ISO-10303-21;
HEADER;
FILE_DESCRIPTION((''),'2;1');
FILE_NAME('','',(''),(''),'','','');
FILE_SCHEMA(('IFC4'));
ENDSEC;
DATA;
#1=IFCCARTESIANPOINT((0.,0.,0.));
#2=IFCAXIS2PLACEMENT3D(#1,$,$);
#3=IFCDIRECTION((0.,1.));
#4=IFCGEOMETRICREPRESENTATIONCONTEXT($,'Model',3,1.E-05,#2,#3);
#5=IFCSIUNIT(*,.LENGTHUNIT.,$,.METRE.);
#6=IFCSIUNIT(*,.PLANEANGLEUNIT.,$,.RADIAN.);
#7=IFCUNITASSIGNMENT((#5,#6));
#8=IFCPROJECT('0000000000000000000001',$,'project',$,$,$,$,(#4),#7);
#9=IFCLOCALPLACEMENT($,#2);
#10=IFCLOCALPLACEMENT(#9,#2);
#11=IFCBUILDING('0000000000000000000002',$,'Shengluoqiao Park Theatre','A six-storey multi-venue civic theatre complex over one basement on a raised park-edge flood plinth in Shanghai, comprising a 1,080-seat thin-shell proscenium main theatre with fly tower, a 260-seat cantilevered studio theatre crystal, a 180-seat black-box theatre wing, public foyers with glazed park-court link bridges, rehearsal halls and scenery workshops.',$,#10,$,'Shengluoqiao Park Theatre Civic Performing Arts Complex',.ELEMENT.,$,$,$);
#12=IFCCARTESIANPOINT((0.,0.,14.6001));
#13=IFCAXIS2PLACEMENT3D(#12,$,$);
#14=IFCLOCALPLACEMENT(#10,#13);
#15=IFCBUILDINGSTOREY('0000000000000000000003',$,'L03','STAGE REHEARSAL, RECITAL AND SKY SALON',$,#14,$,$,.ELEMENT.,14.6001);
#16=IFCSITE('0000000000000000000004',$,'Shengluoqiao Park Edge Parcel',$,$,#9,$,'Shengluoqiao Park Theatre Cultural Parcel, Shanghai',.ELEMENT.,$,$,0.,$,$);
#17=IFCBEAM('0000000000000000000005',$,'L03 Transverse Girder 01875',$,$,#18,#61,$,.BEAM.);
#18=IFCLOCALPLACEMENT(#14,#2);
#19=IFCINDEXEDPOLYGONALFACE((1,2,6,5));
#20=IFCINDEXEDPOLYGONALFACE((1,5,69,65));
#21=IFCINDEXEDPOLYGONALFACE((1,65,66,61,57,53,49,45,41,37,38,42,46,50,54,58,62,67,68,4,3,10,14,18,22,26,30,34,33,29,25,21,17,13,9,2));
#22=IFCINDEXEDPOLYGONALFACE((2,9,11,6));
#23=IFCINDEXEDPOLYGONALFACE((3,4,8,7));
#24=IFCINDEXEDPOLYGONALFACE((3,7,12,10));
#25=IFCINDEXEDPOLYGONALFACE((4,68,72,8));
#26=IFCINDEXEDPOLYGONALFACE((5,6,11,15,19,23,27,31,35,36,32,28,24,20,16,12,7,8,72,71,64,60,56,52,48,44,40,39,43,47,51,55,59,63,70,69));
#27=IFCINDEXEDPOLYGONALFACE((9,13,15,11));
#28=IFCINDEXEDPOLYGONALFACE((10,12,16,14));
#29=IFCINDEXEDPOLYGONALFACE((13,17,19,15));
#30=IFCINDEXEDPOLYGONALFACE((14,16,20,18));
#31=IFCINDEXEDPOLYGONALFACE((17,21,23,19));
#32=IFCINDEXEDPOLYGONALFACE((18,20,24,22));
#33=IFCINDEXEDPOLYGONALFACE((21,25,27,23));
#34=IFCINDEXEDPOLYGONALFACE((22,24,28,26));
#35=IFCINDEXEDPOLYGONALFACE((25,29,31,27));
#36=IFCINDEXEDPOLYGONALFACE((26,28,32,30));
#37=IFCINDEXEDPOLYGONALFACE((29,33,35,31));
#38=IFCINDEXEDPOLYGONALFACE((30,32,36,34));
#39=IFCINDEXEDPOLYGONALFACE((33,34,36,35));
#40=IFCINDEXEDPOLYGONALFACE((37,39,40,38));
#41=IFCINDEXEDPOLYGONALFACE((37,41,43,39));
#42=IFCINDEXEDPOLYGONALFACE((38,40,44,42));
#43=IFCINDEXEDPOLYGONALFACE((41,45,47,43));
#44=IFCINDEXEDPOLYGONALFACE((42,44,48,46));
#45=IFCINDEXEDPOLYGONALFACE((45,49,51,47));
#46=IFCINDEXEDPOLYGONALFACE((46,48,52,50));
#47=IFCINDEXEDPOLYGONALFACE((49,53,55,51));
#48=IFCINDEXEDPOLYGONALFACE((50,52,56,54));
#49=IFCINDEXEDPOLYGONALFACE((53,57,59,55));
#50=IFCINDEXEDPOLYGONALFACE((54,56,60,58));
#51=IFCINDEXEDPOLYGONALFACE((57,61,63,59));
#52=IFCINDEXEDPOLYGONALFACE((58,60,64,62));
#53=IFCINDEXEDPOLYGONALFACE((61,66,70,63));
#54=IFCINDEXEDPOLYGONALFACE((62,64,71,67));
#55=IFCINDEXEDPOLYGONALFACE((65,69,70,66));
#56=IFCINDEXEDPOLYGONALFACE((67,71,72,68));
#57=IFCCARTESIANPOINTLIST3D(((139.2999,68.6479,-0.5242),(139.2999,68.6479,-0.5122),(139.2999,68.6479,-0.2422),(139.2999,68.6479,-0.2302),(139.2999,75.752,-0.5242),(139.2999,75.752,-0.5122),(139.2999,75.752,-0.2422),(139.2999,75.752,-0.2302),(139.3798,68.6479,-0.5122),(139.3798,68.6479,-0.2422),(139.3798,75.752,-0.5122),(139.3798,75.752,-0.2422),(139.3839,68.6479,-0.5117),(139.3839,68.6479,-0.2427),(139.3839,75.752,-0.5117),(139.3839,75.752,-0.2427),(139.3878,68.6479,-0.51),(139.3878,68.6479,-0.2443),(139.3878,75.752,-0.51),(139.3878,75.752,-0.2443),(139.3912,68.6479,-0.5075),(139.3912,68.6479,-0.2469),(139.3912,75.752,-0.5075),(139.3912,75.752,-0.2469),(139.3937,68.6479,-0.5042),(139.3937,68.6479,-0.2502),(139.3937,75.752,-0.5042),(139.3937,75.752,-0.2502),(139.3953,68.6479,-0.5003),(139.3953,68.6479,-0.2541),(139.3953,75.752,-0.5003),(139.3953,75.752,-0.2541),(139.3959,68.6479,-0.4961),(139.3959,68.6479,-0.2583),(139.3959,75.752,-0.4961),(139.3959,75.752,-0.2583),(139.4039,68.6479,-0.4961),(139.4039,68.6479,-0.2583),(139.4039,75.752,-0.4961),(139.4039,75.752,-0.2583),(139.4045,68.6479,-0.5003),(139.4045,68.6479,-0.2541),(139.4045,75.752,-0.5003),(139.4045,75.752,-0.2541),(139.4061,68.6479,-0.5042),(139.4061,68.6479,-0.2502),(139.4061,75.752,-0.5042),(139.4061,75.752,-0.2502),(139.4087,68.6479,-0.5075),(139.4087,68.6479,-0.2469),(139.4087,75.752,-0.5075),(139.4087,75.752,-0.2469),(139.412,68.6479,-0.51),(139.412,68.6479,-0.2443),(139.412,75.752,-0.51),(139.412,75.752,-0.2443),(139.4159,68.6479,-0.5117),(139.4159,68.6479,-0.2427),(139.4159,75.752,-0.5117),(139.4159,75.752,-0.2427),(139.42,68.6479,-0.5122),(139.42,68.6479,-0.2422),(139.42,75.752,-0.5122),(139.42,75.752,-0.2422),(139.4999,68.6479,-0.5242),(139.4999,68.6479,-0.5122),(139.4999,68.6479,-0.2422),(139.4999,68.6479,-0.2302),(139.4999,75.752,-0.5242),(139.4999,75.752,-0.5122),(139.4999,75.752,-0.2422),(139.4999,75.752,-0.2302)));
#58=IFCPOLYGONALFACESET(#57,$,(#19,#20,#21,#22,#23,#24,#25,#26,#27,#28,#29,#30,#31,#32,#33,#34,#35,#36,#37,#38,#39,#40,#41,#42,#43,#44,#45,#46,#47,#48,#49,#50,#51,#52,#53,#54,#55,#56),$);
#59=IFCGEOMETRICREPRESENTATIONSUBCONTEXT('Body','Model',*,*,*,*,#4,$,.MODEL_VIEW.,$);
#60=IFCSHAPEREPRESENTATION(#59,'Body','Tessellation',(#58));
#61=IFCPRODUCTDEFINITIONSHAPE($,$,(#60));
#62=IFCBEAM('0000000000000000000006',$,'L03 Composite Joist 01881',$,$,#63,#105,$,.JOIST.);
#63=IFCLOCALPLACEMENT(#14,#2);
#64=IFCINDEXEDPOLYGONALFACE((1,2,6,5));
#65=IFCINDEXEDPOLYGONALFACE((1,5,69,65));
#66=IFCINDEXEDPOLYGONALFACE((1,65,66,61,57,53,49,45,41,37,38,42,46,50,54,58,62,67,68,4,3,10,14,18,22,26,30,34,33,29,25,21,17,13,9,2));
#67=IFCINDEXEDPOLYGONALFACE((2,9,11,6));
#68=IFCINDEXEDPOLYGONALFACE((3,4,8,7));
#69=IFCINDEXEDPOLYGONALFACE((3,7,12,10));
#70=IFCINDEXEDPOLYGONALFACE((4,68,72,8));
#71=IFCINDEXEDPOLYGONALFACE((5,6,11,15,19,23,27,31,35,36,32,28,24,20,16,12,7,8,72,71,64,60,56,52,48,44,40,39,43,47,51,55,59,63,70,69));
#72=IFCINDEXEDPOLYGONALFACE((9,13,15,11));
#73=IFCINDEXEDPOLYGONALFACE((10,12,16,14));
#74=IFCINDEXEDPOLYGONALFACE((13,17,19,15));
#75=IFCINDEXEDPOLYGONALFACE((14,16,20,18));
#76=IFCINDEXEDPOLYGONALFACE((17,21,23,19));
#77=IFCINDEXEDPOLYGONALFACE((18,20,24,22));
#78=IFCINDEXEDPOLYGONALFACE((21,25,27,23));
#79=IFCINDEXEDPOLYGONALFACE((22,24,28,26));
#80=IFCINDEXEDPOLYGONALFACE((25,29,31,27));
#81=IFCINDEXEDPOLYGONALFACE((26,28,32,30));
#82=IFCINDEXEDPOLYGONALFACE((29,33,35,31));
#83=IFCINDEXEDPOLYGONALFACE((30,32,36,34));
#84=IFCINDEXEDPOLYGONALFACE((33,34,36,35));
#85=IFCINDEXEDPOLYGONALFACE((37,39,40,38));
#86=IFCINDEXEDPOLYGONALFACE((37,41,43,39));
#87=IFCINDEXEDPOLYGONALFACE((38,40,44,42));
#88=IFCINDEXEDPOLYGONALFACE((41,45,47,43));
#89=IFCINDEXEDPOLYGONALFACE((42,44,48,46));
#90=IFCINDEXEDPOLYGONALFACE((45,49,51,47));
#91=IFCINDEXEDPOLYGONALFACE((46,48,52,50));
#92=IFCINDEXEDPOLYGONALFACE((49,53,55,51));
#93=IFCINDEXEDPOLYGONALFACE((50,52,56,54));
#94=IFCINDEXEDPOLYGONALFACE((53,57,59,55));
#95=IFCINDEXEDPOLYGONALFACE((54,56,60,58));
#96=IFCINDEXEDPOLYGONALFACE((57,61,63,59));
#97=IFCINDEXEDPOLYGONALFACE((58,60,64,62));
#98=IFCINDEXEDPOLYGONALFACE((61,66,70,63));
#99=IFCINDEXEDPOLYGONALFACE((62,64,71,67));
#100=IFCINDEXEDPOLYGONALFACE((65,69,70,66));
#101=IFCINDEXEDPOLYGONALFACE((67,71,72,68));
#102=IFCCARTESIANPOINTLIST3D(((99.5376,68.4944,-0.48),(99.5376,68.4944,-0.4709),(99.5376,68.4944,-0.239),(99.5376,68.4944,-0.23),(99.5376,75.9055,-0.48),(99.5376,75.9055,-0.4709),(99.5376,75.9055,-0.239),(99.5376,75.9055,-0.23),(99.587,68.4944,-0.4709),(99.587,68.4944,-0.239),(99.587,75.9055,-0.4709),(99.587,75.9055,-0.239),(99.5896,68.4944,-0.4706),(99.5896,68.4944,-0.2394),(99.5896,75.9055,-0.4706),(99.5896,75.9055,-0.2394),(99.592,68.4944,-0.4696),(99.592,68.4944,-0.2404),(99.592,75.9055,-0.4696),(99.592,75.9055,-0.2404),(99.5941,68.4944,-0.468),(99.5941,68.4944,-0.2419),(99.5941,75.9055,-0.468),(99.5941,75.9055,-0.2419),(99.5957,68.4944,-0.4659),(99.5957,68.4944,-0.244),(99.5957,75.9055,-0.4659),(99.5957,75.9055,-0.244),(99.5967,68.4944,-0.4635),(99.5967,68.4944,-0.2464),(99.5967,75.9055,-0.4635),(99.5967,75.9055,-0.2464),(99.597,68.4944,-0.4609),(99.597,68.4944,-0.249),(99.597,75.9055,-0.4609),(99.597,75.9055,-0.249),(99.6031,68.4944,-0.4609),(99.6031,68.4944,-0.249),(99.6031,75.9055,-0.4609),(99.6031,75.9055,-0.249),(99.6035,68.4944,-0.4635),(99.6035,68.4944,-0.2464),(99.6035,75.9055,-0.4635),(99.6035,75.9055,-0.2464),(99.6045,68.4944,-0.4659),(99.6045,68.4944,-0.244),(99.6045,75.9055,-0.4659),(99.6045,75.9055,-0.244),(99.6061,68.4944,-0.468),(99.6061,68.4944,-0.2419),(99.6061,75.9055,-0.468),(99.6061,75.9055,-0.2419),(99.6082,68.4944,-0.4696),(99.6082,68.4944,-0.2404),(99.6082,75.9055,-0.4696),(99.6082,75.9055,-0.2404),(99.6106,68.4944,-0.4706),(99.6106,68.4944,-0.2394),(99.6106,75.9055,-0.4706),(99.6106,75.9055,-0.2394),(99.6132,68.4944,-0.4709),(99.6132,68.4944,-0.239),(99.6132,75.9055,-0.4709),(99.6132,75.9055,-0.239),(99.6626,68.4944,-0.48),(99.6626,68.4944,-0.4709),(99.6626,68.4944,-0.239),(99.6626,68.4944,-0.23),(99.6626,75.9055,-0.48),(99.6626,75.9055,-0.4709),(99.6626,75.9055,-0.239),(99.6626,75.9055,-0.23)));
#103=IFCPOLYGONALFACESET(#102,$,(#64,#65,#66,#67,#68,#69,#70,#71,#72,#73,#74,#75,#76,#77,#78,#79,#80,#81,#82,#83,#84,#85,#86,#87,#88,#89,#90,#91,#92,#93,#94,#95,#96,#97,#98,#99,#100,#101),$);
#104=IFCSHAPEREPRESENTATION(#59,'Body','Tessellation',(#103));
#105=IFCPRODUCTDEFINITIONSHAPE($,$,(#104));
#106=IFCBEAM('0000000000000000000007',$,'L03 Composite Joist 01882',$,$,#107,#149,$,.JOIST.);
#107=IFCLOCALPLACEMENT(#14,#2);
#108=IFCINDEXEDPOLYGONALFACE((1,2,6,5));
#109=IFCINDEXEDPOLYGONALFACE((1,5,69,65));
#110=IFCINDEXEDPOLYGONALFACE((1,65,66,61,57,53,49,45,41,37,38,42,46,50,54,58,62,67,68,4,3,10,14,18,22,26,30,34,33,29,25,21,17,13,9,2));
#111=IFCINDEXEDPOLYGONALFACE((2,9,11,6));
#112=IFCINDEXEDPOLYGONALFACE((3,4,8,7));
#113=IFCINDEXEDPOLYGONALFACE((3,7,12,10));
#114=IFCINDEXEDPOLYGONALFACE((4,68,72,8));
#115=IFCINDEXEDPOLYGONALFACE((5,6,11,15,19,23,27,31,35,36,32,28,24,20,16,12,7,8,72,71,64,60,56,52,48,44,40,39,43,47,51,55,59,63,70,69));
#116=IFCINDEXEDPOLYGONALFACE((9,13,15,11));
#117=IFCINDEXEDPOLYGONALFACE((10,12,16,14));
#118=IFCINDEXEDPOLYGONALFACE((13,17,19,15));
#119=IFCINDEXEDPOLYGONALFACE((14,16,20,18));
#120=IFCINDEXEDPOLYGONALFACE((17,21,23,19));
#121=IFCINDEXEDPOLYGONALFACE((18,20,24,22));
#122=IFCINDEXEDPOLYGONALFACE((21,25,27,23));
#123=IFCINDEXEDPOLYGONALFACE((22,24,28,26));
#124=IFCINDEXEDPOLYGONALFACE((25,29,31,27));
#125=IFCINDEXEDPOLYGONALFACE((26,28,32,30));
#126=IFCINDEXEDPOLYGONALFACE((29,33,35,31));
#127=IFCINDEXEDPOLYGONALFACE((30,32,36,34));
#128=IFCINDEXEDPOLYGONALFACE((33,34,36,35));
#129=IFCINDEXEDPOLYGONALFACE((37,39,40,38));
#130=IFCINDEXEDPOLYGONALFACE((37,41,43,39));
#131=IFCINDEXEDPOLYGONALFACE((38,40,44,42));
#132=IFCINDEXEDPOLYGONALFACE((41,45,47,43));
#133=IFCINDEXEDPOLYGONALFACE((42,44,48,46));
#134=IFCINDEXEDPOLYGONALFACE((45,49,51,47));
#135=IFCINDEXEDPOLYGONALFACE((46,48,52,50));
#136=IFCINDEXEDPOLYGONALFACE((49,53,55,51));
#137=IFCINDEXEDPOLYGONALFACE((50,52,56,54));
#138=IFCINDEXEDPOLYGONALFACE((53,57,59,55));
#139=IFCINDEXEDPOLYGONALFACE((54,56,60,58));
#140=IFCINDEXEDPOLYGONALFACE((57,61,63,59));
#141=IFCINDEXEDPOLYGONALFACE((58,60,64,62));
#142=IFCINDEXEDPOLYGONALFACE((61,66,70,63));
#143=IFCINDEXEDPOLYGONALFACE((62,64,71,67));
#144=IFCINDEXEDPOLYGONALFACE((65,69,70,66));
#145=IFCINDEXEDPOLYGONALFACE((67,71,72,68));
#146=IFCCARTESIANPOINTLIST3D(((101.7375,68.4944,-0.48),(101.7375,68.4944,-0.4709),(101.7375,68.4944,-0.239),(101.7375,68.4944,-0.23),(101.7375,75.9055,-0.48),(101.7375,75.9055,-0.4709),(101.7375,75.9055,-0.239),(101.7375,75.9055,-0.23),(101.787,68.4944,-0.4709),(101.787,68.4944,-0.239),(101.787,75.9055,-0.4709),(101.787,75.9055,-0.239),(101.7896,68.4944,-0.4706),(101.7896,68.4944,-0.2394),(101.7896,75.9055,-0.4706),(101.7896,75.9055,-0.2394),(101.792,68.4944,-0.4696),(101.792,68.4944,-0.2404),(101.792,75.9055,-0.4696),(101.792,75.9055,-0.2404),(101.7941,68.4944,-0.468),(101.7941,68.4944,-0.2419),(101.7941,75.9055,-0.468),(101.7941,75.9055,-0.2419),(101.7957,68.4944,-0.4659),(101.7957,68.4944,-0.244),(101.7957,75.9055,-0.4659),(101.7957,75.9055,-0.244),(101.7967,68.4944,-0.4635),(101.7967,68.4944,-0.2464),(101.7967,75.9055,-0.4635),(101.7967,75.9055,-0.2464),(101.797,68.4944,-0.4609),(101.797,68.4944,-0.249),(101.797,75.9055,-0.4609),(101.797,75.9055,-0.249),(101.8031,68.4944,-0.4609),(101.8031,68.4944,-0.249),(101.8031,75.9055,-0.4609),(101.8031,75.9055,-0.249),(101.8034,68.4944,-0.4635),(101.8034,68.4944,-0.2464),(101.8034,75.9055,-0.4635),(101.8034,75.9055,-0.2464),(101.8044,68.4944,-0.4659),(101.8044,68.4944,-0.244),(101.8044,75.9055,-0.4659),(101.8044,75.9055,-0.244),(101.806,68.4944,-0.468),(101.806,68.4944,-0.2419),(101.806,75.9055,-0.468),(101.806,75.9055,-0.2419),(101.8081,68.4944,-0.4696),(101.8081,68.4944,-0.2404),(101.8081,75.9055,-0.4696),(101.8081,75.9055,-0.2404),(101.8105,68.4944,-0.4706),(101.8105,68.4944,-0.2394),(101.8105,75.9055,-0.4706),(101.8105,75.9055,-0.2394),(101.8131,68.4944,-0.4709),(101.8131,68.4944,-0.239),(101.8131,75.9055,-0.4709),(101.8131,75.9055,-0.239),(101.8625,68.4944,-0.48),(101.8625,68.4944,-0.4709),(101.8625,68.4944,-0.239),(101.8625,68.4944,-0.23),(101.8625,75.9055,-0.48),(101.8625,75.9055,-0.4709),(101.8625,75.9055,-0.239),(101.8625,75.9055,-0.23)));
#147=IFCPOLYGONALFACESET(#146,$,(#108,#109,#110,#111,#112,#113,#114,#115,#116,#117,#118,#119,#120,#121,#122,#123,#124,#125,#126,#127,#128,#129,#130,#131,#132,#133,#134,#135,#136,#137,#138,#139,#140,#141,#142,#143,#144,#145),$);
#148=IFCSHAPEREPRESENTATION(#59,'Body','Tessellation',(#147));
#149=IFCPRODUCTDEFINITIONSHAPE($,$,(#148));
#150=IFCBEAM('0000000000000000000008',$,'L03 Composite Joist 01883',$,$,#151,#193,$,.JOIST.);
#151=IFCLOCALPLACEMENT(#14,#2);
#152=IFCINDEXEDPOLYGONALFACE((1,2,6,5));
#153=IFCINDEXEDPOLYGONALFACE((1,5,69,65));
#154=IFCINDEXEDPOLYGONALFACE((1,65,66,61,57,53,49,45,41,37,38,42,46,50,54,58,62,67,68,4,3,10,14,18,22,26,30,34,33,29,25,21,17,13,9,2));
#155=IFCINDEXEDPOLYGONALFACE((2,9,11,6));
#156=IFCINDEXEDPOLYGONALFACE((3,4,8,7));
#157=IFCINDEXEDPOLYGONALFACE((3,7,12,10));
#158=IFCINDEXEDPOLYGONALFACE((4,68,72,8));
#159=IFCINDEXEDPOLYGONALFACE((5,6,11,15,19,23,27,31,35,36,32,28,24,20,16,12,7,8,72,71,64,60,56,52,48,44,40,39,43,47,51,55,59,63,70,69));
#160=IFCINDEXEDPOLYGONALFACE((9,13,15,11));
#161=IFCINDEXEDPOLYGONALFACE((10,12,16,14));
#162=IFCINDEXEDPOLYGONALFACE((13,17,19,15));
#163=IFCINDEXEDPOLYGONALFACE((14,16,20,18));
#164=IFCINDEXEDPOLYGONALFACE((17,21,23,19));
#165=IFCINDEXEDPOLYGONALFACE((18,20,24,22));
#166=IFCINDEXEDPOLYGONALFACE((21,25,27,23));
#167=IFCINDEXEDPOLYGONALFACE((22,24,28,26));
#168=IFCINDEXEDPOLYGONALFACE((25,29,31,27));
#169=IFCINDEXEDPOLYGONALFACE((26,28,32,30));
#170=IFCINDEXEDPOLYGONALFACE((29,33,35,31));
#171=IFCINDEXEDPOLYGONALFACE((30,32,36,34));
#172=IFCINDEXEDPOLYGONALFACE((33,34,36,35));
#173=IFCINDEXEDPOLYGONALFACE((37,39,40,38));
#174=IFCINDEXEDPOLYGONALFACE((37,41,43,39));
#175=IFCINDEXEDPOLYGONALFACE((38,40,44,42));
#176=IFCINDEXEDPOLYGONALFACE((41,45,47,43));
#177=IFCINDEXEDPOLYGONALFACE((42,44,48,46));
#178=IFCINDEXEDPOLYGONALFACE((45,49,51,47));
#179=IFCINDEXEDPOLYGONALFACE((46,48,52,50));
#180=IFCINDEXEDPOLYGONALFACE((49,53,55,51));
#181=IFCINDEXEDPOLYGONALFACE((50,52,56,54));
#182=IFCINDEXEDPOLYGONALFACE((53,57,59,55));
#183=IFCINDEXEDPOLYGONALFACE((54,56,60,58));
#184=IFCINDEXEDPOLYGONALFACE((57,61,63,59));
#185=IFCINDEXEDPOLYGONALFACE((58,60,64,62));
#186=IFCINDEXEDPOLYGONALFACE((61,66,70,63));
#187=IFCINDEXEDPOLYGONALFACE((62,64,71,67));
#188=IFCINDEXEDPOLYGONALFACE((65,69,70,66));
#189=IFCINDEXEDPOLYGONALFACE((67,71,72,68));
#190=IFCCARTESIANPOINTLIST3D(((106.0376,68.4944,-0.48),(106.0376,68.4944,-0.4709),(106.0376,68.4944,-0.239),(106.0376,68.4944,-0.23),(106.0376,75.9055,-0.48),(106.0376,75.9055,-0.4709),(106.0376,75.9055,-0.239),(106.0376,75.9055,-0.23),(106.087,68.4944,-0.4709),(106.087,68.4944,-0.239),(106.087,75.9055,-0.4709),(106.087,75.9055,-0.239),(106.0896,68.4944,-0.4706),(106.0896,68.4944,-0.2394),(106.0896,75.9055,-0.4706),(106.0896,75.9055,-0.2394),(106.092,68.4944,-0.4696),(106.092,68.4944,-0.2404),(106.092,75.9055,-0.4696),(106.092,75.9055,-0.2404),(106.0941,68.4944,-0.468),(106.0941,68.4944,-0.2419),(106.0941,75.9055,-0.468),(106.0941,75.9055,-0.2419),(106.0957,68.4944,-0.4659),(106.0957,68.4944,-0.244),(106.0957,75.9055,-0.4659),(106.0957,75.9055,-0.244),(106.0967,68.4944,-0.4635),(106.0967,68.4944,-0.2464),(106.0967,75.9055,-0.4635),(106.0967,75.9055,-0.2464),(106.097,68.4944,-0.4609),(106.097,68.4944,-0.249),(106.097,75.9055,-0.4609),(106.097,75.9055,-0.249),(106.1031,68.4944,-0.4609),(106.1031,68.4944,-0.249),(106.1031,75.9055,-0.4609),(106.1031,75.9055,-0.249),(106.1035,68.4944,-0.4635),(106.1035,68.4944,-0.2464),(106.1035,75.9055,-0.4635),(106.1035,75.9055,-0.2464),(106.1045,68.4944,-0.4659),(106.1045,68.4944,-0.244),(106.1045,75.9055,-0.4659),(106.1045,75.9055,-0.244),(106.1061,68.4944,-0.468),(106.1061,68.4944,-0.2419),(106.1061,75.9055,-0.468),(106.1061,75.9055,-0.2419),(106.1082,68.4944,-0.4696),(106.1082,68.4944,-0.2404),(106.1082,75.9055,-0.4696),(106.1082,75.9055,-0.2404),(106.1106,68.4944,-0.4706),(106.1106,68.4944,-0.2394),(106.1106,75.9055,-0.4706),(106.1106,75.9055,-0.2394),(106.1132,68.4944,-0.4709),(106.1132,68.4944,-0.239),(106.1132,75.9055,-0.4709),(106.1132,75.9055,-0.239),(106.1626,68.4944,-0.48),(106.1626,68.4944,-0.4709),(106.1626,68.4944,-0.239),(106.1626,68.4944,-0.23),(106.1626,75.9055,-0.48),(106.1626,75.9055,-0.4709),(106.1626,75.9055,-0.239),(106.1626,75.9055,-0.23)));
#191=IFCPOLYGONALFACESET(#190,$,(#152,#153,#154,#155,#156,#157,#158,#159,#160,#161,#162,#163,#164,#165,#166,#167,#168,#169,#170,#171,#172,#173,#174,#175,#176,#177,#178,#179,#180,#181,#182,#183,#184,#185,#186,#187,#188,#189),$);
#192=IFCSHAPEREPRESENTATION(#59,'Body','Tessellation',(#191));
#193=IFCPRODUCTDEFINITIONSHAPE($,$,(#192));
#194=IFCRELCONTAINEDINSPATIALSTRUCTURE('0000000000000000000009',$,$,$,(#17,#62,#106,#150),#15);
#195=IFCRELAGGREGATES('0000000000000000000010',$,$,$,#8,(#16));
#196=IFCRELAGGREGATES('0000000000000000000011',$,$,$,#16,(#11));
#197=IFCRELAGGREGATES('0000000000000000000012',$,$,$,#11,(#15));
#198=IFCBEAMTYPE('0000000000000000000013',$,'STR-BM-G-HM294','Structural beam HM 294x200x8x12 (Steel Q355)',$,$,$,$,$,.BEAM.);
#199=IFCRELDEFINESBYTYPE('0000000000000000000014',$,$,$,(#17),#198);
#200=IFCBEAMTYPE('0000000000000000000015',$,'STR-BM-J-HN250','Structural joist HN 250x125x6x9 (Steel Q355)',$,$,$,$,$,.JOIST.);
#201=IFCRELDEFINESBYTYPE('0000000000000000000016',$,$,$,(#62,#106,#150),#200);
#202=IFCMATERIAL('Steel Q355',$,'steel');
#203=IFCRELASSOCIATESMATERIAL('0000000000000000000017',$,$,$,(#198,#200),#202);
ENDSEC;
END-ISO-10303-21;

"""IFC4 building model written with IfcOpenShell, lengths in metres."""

from ifc_helpers import new_model, si_unit, direction, frame, origin, origin_2d, place, context, subcontext, project, spatial, i_section, extrude, material, material_profile, profile_set, type_object, element, save


model = new_model("IFC4")

# Units and contexts
model_context = context("Model", 3, precision=1e-05, world=origin(), true_north=direction((0.0, 1.0)))
body_context = subcontext(model_context, "Body", "Model", "MODEL_VIEW")
ifc_project = project(units=[si_unit("LENGTHUNIT", "METRE"), si_unit("PLANEANGLEUNIT", "RADIAN")], contexts=[model_context])

# Site, building, storey
site_placement = place(None, origin())
site = spatial("IfcSite", under=ifc_project, at=site_placement, Name="Shengluoqiao Park Edge Parcel", LongName="Shengluoqiao Park Theatre Cultural Parcel, Shanghai", CompositionType="ELEMENT", RefElevation=0.0)
building_placement = place(site_placement, origin())
building = spatial("IfcBuilding", under=site, at=building_placement, Name="Shengluoqiao Park Theatre", Description="A six-storey multi-venue civic theatre complex over one basement on a raised park-edge flood plinth in Shanghai, comprising a 1,080-seat thin-shell proscenium main theatre with fly tower, a 260-seat cantilevered studio theatre crystal, a 180-seat black-box theatre wing, public foyers with glazed park-court link bridges, rehearsal halls and scenery workshops.", LongName="Shengluoqiao Park Theatre Civic Performing Arts Complex", CompositionType="ELEMENT")
storey_placement = place(building_placement, frame((0.0, 0.0, 14.6001)))
storey = spatial("IfcBuildingStorey", under=building, at=storey_placement, Name="L03", Description="STAGE REHEARSAL, RECITAL AND SKY SALON", CompositionType="ELEMENT", Elevation=14.6001)

# Beams
ifc_material = material(Name="Steel Q355", Category="steel")
ifc_material_profile_1 = material_profile(ifc_material, i_section(OverallWidth=0.2, OverallDepth=0.2939, WebThickness=0.0081, FlangeThickness=0.012, FilletRadius=0.0161, at=origin_2d()), Name="HM 294x200x8x12")
ifc_profile_set_1 = profile_set([ifc_material_profile_1], Name="Steel Q355")
beam_type_1 = type_object("IfcBeamType", Name="STR-BM-G-HM294", Description="Structural beam HM 294x200x8x12 (Steel Q355)", PredefinedType="BEAM", material=ifc_profile_set_1)
for number, where, z_axis, x_axis, name in (
    (1, (139.3999, 68.6479, -0.3772), (0.0, 1.0, 0.0), (-1.0, 0.0, 0.0), "L03 Transverse Girder 01875"),
):
    element("IfcBeam", number, at=place(storey_placement, frame(where, z_axis=z_axis, x_axis=x_axis)), inside=storey, type_object=beam_type_1, Name=name, PredefinedType="BEAM", context=body_context, shape_type="SweptSolid", body=[
        extrude(i_section(OverallWidth=0.2, OverallDepth=0.2939, WebThickness=0.0081, FlangeThickness=0.012, FilletRadius=0.0161, at=origin_2d()), origin(), (0.0, 0.0, 1.0), 7.104),
    ])
ifc_material_profile_2 = material_profile(ifc_material, i_section(OverallWidth=0.125, OverallDepth=0.25, WebThickness=0.0061, FlangeThickness=0.009, FilletRadius=0.01, at=origin_2d()), Name="HN 250x125x6x9")
ifc_profile_set_2 = profile_set([ifc_material_profile_2], Name="Steel Q355")
beam_type_2 = type_object("IfcBeamType", Name="STR-BM-J-HN250", Description="Structural joist HN 250x125x6x9 (Steel Q355)", PredefinedType="JOIST", material=ifc_profile_set_2)
for number, where, z_axis, x_axis, name in (
    (2, (99.6001, 68.4944, -0.355), (0.0, 1.0, 0.0), (-1.0, 0.0, 0.0), "L03 Composite Joist 01881"),
    (3, (101.8, 68.4944, -0.355), (0.0, 1.0, 0.0), (-1.0, 0.0, 0.0), "L03 Composite Joist 01882"),
    (4, (106.1001, 68.4944, -0.355), (0.0, 1.0, 0.0), (-1.0, 0.0, 0.0), "L03 Composite Joist 01883"),
):
    element("IfcBeam", number, at=place(storey_placement, frame(where, z_axis=z_axis, x_axis=x_axis)), inside=storey, type_object=beam_type_2, Name=name, PredefinedType="JOIST", context=body_context, shape_type="SweptSolid", body=[
        extrude(i_section(OverallWidth=0.125, OverallDepth=0.25, WebThickness=0.0061, FlangeThickness=0.009, FilletRadius=0.01, at=origin_2d()), origin(), (0.0, 0.0, 1.0), 7.4111),
    ])

save(model, "model.ifc")
